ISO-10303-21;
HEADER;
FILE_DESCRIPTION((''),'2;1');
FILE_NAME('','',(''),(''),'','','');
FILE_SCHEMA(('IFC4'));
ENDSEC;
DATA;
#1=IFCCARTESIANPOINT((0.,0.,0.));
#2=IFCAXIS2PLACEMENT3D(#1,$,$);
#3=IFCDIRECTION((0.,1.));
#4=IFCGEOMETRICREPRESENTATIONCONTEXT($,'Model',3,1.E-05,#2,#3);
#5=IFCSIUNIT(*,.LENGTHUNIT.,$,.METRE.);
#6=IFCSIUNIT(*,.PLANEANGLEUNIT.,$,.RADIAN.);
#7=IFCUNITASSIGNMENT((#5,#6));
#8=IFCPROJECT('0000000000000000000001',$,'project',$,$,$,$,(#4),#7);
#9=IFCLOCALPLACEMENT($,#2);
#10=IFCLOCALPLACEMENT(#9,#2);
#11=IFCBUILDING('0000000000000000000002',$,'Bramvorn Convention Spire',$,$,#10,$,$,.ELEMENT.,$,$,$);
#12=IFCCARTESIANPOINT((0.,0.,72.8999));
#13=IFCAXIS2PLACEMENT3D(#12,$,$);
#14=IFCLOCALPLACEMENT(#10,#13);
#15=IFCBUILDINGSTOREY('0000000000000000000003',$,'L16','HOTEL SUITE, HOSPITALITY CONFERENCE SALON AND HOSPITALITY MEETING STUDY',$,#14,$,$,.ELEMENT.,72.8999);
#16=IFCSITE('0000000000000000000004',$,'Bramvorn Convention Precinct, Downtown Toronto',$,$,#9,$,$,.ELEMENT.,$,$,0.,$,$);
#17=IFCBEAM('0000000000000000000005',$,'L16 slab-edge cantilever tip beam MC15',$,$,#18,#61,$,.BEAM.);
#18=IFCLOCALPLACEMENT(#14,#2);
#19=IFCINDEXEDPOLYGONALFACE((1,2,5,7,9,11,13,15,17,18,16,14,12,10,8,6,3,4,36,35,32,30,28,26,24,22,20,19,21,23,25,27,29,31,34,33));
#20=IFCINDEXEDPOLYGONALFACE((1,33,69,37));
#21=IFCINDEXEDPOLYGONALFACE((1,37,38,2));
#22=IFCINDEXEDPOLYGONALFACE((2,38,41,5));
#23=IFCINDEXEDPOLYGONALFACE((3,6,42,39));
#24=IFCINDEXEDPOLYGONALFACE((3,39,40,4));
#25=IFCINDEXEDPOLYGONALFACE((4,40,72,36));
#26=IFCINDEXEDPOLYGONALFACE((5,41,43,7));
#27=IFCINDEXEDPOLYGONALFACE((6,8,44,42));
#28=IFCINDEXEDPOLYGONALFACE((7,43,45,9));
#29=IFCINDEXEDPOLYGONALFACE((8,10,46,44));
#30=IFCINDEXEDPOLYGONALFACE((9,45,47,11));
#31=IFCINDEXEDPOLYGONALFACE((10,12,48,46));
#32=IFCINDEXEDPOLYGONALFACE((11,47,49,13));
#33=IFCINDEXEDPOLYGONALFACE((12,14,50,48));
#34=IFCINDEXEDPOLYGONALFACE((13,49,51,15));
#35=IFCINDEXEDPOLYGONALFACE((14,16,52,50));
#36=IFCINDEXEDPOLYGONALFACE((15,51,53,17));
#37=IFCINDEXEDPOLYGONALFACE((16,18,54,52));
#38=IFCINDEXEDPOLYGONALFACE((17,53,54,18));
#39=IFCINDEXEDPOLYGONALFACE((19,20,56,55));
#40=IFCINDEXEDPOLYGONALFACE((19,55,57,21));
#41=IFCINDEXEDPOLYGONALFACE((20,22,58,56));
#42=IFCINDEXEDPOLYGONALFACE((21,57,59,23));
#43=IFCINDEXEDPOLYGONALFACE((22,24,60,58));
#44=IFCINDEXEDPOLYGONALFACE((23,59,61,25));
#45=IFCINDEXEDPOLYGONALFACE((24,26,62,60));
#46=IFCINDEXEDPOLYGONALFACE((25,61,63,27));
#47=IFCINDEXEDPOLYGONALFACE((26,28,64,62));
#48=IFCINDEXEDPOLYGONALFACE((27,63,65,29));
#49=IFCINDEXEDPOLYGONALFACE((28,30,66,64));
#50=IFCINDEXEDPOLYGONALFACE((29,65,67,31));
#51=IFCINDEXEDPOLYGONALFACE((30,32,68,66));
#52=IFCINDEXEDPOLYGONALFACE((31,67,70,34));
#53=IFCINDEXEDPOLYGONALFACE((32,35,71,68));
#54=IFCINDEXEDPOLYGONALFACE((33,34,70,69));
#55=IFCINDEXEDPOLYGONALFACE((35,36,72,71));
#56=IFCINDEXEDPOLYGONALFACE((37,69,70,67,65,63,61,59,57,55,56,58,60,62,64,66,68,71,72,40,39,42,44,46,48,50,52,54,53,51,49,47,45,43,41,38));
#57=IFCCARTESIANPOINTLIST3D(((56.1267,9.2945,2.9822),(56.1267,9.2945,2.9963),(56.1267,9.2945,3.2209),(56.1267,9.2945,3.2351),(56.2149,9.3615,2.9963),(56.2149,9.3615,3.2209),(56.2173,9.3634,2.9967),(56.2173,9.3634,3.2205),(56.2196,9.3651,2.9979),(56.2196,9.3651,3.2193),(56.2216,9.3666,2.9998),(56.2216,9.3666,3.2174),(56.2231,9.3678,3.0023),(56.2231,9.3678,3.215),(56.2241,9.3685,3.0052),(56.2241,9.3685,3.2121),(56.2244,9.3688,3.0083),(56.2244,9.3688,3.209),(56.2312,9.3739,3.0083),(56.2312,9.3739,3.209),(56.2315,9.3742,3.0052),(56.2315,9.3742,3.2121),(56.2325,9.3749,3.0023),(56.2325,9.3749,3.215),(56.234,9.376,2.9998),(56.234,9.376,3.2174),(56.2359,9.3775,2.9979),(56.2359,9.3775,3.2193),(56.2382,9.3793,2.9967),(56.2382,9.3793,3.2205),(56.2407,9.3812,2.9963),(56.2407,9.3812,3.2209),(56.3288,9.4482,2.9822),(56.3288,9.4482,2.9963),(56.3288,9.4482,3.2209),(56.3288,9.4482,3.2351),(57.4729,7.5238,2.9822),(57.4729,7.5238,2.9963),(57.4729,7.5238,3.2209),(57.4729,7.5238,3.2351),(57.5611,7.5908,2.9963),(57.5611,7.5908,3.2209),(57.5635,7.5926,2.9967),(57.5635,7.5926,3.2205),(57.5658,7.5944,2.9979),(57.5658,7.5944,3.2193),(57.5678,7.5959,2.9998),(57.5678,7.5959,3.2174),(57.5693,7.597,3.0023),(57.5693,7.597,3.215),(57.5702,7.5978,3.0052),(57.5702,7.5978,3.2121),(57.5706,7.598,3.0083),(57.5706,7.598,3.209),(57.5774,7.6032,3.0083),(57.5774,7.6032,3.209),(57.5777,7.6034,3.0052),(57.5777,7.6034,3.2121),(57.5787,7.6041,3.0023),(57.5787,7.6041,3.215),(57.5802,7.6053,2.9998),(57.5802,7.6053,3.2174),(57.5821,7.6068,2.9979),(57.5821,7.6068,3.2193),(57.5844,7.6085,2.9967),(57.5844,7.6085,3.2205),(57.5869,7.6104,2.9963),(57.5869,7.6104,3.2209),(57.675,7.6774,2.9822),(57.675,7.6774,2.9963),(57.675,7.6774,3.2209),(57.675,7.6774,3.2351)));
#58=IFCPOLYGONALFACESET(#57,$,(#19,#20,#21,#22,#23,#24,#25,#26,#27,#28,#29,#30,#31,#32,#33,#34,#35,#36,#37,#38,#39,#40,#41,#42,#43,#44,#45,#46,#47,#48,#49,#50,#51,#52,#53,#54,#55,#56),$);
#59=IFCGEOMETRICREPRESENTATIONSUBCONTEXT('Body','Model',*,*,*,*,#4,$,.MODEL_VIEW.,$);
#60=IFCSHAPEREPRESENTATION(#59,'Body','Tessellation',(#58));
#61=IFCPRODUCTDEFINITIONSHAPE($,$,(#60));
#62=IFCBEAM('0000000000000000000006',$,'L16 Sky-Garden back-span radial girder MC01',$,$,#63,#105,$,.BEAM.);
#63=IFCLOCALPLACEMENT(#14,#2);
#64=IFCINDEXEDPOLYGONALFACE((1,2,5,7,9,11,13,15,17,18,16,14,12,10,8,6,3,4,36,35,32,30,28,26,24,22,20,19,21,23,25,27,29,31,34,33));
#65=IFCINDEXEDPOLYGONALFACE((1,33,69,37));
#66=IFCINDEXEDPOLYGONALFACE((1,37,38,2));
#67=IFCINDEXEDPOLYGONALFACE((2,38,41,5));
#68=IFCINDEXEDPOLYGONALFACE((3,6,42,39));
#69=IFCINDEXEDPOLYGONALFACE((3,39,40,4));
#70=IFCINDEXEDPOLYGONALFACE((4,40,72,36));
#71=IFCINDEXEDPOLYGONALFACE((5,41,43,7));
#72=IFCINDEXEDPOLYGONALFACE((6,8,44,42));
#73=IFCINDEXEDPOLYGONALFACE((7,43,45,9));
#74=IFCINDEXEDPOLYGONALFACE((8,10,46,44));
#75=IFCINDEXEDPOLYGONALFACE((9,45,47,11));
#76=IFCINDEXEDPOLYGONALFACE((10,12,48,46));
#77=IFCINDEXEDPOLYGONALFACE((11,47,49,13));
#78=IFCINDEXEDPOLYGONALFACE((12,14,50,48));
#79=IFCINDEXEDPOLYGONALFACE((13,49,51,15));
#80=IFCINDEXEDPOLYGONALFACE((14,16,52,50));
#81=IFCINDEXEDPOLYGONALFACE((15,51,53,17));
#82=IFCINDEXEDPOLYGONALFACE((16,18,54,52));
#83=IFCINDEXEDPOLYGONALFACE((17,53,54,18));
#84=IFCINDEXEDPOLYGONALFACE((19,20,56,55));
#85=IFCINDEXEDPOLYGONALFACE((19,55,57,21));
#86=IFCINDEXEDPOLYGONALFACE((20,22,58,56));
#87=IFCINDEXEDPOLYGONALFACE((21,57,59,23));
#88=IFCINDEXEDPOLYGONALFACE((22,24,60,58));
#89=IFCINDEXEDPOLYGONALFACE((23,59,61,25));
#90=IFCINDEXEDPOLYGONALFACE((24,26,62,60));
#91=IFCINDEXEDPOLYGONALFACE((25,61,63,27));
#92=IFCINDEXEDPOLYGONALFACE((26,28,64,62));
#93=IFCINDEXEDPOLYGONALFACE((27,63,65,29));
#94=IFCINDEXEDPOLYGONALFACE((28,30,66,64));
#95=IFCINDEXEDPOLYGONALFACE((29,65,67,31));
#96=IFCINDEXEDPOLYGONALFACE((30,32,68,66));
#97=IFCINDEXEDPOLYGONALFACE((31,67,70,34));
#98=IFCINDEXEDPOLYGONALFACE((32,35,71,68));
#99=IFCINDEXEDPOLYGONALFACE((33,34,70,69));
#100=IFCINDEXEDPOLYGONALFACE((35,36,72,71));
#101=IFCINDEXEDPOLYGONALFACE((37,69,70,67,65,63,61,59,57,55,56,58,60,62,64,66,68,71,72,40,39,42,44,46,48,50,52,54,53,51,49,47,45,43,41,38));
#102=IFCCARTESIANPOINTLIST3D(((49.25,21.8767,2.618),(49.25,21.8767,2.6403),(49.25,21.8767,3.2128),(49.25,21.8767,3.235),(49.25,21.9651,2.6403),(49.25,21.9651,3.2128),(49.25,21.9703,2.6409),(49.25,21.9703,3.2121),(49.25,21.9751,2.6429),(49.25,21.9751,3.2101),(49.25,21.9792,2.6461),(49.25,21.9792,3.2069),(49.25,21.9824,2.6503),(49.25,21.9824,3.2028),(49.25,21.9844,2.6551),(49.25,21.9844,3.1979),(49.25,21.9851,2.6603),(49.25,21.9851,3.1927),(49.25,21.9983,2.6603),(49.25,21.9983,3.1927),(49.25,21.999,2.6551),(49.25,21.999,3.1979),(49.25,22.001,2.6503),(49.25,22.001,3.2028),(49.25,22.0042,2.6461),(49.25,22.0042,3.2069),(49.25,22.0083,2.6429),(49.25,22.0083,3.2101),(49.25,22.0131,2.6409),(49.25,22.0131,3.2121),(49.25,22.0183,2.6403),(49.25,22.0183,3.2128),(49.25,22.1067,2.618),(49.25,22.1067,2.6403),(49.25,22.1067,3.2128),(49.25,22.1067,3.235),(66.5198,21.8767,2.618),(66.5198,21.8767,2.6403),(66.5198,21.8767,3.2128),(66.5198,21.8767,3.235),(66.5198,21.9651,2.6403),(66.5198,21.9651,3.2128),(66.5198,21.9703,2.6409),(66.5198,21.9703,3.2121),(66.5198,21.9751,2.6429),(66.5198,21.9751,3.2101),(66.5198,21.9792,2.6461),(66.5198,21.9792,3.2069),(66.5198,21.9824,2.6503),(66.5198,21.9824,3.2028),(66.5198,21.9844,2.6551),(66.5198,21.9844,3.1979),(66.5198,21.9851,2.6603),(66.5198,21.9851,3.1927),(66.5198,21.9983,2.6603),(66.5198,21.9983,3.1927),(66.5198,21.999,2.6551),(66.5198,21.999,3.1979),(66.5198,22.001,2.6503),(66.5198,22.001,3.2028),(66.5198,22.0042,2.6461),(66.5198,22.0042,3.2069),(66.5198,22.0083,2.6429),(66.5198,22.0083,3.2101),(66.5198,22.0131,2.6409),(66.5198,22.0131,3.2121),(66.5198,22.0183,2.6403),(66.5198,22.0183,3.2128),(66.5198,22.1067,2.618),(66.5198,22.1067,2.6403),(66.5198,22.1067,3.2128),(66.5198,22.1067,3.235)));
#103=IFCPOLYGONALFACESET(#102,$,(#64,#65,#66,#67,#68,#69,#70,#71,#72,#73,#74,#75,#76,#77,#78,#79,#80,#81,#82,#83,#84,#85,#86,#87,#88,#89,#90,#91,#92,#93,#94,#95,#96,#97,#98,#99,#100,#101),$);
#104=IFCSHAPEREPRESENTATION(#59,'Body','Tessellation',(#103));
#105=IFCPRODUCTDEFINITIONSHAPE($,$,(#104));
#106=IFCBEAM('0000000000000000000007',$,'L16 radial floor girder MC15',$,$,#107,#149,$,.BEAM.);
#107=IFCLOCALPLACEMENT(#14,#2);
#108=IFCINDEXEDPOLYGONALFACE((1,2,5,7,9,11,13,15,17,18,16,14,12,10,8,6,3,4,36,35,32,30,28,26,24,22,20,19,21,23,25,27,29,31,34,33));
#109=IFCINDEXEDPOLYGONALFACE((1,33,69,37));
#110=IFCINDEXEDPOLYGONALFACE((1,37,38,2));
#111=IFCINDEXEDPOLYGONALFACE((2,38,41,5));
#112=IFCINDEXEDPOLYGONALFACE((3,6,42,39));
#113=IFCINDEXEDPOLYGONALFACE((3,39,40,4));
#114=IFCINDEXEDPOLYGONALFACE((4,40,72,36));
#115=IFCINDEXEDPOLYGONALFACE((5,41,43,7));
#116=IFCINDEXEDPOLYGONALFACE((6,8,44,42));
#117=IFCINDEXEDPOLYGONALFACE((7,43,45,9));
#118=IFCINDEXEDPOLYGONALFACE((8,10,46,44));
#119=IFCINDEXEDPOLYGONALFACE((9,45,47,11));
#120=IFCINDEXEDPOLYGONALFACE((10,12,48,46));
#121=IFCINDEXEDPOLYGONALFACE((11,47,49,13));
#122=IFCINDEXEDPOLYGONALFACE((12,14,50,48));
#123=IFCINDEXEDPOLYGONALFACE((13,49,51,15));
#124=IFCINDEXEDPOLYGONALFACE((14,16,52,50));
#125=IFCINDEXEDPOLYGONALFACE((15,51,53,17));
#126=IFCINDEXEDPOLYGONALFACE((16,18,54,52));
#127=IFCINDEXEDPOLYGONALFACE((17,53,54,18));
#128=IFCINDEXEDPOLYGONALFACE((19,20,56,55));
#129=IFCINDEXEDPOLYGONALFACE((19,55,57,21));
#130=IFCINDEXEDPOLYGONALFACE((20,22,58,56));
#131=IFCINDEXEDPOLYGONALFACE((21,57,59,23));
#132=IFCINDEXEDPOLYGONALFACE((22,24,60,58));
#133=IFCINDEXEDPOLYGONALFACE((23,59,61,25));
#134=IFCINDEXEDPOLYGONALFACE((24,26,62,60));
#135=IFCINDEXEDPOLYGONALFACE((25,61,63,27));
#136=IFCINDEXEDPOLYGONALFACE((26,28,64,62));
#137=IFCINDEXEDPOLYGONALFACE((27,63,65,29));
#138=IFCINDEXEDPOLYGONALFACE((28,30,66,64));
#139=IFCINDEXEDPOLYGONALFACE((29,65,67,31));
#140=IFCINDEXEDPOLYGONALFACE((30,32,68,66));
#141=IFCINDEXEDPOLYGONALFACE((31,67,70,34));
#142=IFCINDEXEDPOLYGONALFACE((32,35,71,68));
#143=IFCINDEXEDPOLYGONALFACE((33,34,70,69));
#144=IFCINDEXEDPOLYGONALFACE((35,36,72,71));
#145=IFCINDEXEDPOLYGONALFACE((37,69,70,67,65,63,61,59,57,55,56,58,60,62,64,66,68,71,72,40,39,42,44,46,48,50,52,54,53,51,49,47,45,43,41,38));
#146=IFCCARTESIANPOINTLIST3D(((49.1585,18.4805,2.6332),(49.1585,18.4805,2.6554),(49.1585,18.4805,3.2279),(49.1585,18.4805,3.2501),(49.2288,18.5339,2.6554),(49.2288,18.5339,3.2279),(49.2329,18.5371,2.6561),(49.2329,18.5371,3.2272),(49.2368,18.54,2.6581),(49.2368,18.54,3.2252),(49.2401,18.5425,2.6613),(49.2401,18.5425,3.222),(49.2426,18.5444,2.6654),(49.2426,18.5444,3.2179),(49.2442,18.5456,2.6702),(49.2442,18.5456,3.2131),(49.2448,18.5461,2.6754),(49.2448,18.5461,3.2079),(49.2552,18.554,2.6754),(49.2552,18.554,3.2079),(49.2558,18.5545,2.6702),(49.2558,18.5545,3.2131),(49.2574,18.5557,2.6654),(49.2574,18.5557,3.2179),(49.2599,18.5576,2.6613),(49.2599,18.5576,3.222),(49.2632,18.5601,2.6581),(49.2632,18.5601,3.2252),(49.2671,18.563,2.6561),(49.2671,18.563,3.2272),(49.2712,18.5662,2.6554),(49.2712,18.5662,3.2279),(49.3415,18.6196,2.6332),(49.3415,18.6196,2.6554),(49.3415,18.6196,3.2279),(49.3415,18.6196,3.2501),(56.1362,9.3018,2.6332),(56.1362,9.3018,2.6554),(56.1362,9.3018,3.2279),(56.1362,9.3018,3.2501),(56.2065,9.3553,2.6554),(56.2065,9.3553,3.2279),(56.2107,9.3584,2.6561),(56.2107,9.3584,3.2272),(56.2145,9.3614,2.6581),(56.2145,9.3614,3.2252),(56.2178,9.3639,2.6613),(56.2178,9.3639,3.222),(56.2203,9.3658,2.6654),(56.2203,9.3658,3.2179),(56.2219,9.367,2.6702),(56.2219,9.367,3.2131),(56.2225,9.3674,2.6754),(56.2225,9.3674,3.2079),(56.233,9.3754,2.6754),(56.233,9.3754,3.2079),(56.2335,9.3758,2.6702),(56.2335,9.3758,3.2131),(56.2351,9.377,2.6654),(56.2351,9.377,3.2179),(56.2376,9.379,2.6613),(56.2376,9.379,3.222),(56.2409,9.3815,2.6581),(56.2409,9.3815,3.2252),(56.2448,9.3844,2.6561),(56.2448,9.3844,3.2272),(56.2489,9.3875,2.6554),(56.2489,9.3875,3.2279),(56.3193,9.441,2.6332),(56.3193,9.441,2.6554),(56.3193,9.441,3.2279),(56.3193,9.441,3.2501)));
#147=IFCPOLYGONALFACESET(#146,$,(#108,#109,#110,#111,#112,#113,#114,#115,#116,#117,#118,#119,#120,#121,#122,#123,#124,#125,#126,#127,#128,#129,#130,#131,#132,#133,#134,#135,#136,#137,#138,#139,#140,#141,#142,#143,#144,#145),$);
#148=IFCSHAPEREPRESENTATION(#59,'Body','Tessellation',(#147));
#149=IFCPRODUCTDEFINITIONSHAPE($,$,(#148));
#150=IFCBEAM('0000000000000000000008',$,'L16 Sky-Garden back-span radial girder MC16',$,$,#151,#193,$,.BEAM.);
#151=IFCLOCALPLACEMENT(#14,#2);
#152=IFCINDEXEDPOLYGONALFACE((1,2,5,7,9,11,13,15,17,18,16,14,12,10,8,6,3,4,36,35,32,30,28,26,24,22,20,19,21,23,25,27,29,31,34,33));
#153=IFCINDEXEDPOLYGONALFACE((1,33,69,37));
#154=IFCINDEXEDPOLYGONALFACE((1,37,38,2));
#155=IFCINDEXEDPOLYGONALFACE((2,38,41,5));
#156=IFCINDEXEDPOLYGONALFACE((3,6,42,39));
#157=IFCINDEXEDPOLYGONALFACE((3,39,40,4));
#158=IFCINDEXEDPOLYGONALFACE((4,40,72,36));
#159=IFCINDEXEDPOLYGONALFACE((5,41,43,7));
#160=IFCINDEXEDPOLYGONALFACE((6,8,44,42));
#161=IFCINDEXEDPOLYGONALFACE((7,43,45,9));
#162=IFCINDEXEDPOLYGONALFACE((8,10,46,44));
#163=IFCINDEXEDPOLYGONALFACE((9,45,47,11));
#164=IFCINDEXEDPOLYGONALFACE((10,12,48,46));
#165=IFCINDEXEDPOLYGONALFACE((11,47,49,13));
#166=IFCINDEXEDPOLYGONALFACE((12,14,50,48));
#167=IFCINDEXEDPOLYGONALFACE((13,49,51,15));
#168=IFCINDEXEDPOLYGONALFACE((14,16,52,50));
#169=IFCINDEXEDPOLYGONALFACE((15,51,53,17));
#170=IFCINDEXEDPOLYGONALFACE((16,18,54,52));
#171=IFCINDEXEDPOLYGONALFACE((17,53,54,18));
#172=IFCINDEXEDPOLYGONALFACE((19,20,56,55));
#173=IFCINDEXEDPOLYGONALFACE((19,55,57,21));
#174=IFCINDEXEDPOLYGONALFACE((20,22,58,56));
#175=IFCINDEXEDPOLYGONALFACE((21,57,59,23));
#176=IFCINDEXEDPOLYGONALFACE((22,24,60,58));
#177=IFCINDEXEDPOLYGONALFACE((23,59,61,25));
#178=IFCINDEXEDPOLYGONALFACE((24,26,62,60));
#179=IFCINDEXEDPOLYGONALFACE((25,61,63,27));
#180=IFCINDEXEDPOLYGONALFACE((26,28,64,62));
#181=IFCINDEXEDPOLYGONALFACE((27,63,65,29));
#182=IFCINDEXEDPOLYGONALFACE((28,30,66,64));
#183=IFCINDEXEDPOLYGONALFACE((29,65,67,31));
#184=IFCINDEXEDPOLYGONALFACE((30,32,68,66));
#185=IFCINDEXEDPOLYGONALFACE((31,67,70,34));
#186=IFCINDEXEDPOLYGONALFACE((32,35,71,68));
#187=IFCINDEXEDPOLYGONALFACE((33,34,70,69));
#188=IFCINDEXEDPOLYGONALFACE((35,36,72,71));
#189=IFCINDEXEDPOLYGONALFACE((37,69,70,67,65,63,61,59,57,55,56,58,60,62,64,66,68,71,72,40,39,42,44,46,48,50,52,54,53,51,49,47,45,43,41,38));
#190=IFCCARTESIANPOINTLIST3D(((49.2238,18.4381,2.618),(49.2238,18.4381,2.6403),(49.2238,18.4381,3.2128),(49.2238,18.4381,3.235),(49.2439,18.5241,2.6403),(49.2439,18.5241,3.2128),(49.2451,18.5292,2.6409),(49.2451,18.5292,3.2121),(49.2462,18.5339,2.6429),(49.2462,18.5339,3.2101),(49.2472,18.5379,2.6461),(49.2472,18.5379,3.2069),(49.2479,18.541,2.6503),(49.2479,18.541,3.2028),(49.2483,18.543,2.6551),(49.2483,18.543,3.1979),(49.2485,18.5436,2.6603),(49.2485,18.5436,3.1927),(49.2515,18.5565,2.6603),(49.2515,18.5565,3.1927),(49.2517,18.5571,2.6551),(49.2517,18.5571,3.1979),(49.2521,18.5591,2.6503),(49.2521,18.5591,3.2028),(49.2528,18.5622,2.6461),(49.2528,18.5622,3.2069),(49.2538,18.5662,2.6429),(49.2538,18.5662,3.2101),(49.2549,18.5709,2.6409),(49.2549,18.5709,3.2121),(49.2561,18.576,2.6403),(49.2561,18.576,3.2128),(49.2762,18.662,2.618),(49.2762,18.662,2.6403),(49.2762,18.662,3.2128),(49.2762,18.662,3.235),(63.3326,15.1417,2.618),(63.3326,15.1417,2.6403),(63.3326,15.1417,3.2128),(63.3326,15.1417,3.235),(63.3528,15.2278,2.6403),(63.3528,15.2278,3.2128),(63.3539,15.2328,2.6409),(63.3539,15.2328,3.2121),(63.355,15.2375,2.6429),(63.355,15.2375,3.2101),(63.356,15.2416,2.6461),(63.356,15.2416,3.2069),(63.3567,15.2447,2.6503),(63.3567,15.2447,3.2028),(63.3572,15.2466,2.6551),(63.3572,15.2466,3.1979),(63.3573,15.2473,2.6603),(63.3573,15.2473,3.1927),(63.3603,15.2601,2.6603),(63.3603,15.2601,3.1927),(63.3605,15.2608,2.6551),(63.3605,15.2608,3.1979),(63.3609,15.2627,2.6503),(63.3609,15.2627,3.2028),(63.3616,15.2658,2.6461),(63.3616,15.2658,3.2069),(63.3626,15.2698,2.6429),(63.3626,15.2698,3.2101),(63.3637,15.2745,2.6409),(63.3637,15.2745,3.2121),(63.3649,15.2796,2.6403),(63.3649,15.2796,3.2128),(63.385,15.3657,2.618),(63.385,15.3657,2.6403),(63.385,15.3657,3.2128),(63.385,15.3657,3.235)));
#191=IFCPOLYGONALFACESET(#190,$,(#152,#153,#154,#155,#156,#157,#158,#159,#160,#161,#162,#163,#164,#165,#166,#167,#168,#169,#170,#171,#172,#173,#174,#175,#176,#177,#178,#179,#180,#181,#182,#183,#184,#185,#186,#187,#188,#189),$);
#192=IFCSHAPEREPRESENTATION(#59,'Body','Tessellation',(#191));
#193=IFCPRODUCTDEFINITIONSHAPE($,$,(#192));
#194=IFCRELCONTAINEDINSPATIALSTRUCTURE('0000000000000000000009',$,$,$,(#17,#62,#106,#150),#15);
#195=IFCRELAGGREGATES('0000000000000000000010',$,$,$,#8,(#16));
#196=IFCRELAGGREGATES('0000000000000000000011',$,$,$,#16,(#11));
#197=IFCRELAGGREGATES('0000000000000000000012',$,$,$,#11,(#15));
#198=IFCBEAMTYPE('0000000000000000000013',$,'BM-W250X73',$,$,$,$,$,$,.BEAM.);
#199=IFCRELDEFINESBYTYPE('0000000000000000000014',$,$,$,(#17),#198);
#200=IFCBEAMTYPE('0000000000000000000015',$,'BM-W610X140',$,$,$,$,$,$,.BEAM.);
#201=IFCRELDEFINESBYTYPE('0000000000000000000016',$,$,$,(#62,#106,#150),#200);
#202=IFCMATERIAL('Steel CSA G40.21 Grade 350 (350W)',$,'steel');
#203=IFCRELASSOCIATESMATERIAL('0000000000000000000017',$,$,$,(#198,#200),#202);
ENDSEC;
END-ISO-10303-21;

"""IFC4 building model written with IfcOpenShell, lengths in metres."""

from ifc_helpers import new_model, si_unit, direction, frame, origin, origin_2d, place, context, subcontext, project, spatial, i_section, extrude, material, material_profile, profile_set, type_object, element, save


model = new_model("IFC4")

# Units and contexts
model_context = context("Model", 3, precision=1e-05, world=origin(), true_north=direction((0.0, 1.0)))
body_context = subcontext(model_context, "Body", "Model", "MODEL_VIEW")
ifc_project = project(units=[si_unit("LENGTHUNIT", "METRE"), si_unit("PLANEANGLEUNIT", "RADIAN")], contexts=[model_context])

# Site, building, storey
site_placement = place(None, origin())
site = spatial("IfcSite", under=ifc_project, at=site_placement, Name="Bramvorn Convention Precinct, Downtown Toronto", CompositionType="ELEMENT", RefElevation=0.0)
building_placement = place(site_placement, origin())
building = spatial("IfcBuilding", under=site, at=building_placement, Name="Bramvorn Convention Spire", CompositionType="ELEMENT")
storey_placement = place(building_placement, frame((0.0, 0.0, 72.8999)))
storey = spatial("IfcBuildingStorey", under=building, at=storey_placement, Name="L16", Description="HOTEL SUITE, HOSPITALITY CONFERENCE SALON AND HOSPITALITY MEETING STUDY", CompositionType="ELEMENT", Elevation=72.8999)

# Shared definitions
ifc_material_1 = material(Name="Steel CSA G40.21 Grade 350 (350W)", Category="steel")

# Beams
ifc_material_profile_1 = material_profile(ifc_material_1, i_section(OverallWidth=0.2539, OverallDepth=0.2529, WebThickness=0.0085, FlangeThickness=0.0142, FilletRadius=0.012, at=origin_2d()))
ifc_profile_set_1 = profile_set([ifc_material_profile_1], Name="Steel CSA G40.21 Grade 350 (350W) - W250X73")
beam_type_1 = type_object("IfcBeamType", Name="BM-W250X73", PredefinedType="BEAM", material=ifc_profile_set_1)
beam_1_placement = place(storey_placement, frame((56.2278, 9.3713, 3.1086), z_axis=(0.605203, -0.796071, 0.0), x_axis=(0.796071, 0.605203, 0.0)))
element("IfcBeam", 1, at=beam_1_placement, inside=storey, type_object=beam_type_1, Name="L16 slab-edge cantilever tip beam MC15", PredefinedType="BEAM", context=body_context, shape_type="SweptSolid", body=[
    extrude(i_section(OverallWidth=0.2539, OverallDepth=0.2529, WebThickness=0.0085, FlangeThickness=0.0142, FilletRadius=0.012, at=origin_2d()), origin(), (0.0, 0.0, 1.0), 2.2244),
])
ifc_material_profile_2 = material_profile(ifc_material_1, i_section(OverallWidth=0.23, OverallDepth=0.6169, WebThickness=0.0132, FlangeThickness=0.0222, FilletRadius=0.02, at=origin_2d()))
ifc_profile_set_2 = profile_set([ifc_material_profile_2], Name="Steel CSA G40.21 Grade 350 (350W) - W610X140")
beam_type_2 = type_object("IfcBeamType", Name="BM-W610X140", PredefinedType="BEAM", material=ifc_profile_set_2)
beam_2_placement = place(storey_placement, frame((49.25, 21.9917, 2.9265), z_axis=(1.0, 0.0, 0.0), x_axis=(0.0, 1.0, 0.0)))
element("IfcBeam", 2, at=beam_2_placement, inside=storey, type_object=beam_type_2, Name="L16 Sky-Garden back-span radial girder MC01", PredefinedType="BEAM", context=body_context, shape_type="SweptSolid", body=[
    extrude(i_section(OverallWidth=0.23, OverallDepth=0.6169, WebThickness=0.0132, FlangeThickness=0.0222, FilletRadius=0.02, at=origin_2d()), origin(), (0.0, 0.0, 1.0), 17.2698),
])
beam_3_placement = place(storey_placement, frame((49.25, 18.55, 2.9417), z_axis=(0.605191, -0.79608, 0.0), x_axis=(0.79608, 0.605191, 0.0)))
element("IfcBeam", 3, at=beam_3_placement, inside=storey, type_object=beam_type_2, Name="L16 radial floor girder MC15", PredefinedType="BEAM", context=body_context, shape_type="SweptSolid", body=[
    extrude(i_section(OverallWidth=0.23, OverallDepth=0.6169, WebThickness=0.0132, FlangeThickness=0.0222, FilletRadius=0.02, at=origin_2d()), origin(), (0.0, 0.0, 1.0), 11.5298),
])
beam_4_placement = place(storey_placement, frame((49.25, 18.55, 2.9265), z_axis=(0.973775, -0.227512, 0.0), x_axis=(0.227512, 0.973775, 0.0)))
element("IfcBeam", 4, at=beam_4_placement, inside=storey, type_object=beam_type_2, Name="L16 Sky-Garden back-span radial girder MC16", PredefinedType="BEAM", context=body_context, shape_type="SweptSolid", body=[
    extrude(i_section(OverallWidth=0.23, OverallDepth=0.6169, WebThickness=0.0132, FlangeThickness=0.0222, FilletRadius=0.02, at=origin_2d()), origin(), (0.0, 0.0, 1.0), 14.4888),
])

save(model, "model.ifc")
